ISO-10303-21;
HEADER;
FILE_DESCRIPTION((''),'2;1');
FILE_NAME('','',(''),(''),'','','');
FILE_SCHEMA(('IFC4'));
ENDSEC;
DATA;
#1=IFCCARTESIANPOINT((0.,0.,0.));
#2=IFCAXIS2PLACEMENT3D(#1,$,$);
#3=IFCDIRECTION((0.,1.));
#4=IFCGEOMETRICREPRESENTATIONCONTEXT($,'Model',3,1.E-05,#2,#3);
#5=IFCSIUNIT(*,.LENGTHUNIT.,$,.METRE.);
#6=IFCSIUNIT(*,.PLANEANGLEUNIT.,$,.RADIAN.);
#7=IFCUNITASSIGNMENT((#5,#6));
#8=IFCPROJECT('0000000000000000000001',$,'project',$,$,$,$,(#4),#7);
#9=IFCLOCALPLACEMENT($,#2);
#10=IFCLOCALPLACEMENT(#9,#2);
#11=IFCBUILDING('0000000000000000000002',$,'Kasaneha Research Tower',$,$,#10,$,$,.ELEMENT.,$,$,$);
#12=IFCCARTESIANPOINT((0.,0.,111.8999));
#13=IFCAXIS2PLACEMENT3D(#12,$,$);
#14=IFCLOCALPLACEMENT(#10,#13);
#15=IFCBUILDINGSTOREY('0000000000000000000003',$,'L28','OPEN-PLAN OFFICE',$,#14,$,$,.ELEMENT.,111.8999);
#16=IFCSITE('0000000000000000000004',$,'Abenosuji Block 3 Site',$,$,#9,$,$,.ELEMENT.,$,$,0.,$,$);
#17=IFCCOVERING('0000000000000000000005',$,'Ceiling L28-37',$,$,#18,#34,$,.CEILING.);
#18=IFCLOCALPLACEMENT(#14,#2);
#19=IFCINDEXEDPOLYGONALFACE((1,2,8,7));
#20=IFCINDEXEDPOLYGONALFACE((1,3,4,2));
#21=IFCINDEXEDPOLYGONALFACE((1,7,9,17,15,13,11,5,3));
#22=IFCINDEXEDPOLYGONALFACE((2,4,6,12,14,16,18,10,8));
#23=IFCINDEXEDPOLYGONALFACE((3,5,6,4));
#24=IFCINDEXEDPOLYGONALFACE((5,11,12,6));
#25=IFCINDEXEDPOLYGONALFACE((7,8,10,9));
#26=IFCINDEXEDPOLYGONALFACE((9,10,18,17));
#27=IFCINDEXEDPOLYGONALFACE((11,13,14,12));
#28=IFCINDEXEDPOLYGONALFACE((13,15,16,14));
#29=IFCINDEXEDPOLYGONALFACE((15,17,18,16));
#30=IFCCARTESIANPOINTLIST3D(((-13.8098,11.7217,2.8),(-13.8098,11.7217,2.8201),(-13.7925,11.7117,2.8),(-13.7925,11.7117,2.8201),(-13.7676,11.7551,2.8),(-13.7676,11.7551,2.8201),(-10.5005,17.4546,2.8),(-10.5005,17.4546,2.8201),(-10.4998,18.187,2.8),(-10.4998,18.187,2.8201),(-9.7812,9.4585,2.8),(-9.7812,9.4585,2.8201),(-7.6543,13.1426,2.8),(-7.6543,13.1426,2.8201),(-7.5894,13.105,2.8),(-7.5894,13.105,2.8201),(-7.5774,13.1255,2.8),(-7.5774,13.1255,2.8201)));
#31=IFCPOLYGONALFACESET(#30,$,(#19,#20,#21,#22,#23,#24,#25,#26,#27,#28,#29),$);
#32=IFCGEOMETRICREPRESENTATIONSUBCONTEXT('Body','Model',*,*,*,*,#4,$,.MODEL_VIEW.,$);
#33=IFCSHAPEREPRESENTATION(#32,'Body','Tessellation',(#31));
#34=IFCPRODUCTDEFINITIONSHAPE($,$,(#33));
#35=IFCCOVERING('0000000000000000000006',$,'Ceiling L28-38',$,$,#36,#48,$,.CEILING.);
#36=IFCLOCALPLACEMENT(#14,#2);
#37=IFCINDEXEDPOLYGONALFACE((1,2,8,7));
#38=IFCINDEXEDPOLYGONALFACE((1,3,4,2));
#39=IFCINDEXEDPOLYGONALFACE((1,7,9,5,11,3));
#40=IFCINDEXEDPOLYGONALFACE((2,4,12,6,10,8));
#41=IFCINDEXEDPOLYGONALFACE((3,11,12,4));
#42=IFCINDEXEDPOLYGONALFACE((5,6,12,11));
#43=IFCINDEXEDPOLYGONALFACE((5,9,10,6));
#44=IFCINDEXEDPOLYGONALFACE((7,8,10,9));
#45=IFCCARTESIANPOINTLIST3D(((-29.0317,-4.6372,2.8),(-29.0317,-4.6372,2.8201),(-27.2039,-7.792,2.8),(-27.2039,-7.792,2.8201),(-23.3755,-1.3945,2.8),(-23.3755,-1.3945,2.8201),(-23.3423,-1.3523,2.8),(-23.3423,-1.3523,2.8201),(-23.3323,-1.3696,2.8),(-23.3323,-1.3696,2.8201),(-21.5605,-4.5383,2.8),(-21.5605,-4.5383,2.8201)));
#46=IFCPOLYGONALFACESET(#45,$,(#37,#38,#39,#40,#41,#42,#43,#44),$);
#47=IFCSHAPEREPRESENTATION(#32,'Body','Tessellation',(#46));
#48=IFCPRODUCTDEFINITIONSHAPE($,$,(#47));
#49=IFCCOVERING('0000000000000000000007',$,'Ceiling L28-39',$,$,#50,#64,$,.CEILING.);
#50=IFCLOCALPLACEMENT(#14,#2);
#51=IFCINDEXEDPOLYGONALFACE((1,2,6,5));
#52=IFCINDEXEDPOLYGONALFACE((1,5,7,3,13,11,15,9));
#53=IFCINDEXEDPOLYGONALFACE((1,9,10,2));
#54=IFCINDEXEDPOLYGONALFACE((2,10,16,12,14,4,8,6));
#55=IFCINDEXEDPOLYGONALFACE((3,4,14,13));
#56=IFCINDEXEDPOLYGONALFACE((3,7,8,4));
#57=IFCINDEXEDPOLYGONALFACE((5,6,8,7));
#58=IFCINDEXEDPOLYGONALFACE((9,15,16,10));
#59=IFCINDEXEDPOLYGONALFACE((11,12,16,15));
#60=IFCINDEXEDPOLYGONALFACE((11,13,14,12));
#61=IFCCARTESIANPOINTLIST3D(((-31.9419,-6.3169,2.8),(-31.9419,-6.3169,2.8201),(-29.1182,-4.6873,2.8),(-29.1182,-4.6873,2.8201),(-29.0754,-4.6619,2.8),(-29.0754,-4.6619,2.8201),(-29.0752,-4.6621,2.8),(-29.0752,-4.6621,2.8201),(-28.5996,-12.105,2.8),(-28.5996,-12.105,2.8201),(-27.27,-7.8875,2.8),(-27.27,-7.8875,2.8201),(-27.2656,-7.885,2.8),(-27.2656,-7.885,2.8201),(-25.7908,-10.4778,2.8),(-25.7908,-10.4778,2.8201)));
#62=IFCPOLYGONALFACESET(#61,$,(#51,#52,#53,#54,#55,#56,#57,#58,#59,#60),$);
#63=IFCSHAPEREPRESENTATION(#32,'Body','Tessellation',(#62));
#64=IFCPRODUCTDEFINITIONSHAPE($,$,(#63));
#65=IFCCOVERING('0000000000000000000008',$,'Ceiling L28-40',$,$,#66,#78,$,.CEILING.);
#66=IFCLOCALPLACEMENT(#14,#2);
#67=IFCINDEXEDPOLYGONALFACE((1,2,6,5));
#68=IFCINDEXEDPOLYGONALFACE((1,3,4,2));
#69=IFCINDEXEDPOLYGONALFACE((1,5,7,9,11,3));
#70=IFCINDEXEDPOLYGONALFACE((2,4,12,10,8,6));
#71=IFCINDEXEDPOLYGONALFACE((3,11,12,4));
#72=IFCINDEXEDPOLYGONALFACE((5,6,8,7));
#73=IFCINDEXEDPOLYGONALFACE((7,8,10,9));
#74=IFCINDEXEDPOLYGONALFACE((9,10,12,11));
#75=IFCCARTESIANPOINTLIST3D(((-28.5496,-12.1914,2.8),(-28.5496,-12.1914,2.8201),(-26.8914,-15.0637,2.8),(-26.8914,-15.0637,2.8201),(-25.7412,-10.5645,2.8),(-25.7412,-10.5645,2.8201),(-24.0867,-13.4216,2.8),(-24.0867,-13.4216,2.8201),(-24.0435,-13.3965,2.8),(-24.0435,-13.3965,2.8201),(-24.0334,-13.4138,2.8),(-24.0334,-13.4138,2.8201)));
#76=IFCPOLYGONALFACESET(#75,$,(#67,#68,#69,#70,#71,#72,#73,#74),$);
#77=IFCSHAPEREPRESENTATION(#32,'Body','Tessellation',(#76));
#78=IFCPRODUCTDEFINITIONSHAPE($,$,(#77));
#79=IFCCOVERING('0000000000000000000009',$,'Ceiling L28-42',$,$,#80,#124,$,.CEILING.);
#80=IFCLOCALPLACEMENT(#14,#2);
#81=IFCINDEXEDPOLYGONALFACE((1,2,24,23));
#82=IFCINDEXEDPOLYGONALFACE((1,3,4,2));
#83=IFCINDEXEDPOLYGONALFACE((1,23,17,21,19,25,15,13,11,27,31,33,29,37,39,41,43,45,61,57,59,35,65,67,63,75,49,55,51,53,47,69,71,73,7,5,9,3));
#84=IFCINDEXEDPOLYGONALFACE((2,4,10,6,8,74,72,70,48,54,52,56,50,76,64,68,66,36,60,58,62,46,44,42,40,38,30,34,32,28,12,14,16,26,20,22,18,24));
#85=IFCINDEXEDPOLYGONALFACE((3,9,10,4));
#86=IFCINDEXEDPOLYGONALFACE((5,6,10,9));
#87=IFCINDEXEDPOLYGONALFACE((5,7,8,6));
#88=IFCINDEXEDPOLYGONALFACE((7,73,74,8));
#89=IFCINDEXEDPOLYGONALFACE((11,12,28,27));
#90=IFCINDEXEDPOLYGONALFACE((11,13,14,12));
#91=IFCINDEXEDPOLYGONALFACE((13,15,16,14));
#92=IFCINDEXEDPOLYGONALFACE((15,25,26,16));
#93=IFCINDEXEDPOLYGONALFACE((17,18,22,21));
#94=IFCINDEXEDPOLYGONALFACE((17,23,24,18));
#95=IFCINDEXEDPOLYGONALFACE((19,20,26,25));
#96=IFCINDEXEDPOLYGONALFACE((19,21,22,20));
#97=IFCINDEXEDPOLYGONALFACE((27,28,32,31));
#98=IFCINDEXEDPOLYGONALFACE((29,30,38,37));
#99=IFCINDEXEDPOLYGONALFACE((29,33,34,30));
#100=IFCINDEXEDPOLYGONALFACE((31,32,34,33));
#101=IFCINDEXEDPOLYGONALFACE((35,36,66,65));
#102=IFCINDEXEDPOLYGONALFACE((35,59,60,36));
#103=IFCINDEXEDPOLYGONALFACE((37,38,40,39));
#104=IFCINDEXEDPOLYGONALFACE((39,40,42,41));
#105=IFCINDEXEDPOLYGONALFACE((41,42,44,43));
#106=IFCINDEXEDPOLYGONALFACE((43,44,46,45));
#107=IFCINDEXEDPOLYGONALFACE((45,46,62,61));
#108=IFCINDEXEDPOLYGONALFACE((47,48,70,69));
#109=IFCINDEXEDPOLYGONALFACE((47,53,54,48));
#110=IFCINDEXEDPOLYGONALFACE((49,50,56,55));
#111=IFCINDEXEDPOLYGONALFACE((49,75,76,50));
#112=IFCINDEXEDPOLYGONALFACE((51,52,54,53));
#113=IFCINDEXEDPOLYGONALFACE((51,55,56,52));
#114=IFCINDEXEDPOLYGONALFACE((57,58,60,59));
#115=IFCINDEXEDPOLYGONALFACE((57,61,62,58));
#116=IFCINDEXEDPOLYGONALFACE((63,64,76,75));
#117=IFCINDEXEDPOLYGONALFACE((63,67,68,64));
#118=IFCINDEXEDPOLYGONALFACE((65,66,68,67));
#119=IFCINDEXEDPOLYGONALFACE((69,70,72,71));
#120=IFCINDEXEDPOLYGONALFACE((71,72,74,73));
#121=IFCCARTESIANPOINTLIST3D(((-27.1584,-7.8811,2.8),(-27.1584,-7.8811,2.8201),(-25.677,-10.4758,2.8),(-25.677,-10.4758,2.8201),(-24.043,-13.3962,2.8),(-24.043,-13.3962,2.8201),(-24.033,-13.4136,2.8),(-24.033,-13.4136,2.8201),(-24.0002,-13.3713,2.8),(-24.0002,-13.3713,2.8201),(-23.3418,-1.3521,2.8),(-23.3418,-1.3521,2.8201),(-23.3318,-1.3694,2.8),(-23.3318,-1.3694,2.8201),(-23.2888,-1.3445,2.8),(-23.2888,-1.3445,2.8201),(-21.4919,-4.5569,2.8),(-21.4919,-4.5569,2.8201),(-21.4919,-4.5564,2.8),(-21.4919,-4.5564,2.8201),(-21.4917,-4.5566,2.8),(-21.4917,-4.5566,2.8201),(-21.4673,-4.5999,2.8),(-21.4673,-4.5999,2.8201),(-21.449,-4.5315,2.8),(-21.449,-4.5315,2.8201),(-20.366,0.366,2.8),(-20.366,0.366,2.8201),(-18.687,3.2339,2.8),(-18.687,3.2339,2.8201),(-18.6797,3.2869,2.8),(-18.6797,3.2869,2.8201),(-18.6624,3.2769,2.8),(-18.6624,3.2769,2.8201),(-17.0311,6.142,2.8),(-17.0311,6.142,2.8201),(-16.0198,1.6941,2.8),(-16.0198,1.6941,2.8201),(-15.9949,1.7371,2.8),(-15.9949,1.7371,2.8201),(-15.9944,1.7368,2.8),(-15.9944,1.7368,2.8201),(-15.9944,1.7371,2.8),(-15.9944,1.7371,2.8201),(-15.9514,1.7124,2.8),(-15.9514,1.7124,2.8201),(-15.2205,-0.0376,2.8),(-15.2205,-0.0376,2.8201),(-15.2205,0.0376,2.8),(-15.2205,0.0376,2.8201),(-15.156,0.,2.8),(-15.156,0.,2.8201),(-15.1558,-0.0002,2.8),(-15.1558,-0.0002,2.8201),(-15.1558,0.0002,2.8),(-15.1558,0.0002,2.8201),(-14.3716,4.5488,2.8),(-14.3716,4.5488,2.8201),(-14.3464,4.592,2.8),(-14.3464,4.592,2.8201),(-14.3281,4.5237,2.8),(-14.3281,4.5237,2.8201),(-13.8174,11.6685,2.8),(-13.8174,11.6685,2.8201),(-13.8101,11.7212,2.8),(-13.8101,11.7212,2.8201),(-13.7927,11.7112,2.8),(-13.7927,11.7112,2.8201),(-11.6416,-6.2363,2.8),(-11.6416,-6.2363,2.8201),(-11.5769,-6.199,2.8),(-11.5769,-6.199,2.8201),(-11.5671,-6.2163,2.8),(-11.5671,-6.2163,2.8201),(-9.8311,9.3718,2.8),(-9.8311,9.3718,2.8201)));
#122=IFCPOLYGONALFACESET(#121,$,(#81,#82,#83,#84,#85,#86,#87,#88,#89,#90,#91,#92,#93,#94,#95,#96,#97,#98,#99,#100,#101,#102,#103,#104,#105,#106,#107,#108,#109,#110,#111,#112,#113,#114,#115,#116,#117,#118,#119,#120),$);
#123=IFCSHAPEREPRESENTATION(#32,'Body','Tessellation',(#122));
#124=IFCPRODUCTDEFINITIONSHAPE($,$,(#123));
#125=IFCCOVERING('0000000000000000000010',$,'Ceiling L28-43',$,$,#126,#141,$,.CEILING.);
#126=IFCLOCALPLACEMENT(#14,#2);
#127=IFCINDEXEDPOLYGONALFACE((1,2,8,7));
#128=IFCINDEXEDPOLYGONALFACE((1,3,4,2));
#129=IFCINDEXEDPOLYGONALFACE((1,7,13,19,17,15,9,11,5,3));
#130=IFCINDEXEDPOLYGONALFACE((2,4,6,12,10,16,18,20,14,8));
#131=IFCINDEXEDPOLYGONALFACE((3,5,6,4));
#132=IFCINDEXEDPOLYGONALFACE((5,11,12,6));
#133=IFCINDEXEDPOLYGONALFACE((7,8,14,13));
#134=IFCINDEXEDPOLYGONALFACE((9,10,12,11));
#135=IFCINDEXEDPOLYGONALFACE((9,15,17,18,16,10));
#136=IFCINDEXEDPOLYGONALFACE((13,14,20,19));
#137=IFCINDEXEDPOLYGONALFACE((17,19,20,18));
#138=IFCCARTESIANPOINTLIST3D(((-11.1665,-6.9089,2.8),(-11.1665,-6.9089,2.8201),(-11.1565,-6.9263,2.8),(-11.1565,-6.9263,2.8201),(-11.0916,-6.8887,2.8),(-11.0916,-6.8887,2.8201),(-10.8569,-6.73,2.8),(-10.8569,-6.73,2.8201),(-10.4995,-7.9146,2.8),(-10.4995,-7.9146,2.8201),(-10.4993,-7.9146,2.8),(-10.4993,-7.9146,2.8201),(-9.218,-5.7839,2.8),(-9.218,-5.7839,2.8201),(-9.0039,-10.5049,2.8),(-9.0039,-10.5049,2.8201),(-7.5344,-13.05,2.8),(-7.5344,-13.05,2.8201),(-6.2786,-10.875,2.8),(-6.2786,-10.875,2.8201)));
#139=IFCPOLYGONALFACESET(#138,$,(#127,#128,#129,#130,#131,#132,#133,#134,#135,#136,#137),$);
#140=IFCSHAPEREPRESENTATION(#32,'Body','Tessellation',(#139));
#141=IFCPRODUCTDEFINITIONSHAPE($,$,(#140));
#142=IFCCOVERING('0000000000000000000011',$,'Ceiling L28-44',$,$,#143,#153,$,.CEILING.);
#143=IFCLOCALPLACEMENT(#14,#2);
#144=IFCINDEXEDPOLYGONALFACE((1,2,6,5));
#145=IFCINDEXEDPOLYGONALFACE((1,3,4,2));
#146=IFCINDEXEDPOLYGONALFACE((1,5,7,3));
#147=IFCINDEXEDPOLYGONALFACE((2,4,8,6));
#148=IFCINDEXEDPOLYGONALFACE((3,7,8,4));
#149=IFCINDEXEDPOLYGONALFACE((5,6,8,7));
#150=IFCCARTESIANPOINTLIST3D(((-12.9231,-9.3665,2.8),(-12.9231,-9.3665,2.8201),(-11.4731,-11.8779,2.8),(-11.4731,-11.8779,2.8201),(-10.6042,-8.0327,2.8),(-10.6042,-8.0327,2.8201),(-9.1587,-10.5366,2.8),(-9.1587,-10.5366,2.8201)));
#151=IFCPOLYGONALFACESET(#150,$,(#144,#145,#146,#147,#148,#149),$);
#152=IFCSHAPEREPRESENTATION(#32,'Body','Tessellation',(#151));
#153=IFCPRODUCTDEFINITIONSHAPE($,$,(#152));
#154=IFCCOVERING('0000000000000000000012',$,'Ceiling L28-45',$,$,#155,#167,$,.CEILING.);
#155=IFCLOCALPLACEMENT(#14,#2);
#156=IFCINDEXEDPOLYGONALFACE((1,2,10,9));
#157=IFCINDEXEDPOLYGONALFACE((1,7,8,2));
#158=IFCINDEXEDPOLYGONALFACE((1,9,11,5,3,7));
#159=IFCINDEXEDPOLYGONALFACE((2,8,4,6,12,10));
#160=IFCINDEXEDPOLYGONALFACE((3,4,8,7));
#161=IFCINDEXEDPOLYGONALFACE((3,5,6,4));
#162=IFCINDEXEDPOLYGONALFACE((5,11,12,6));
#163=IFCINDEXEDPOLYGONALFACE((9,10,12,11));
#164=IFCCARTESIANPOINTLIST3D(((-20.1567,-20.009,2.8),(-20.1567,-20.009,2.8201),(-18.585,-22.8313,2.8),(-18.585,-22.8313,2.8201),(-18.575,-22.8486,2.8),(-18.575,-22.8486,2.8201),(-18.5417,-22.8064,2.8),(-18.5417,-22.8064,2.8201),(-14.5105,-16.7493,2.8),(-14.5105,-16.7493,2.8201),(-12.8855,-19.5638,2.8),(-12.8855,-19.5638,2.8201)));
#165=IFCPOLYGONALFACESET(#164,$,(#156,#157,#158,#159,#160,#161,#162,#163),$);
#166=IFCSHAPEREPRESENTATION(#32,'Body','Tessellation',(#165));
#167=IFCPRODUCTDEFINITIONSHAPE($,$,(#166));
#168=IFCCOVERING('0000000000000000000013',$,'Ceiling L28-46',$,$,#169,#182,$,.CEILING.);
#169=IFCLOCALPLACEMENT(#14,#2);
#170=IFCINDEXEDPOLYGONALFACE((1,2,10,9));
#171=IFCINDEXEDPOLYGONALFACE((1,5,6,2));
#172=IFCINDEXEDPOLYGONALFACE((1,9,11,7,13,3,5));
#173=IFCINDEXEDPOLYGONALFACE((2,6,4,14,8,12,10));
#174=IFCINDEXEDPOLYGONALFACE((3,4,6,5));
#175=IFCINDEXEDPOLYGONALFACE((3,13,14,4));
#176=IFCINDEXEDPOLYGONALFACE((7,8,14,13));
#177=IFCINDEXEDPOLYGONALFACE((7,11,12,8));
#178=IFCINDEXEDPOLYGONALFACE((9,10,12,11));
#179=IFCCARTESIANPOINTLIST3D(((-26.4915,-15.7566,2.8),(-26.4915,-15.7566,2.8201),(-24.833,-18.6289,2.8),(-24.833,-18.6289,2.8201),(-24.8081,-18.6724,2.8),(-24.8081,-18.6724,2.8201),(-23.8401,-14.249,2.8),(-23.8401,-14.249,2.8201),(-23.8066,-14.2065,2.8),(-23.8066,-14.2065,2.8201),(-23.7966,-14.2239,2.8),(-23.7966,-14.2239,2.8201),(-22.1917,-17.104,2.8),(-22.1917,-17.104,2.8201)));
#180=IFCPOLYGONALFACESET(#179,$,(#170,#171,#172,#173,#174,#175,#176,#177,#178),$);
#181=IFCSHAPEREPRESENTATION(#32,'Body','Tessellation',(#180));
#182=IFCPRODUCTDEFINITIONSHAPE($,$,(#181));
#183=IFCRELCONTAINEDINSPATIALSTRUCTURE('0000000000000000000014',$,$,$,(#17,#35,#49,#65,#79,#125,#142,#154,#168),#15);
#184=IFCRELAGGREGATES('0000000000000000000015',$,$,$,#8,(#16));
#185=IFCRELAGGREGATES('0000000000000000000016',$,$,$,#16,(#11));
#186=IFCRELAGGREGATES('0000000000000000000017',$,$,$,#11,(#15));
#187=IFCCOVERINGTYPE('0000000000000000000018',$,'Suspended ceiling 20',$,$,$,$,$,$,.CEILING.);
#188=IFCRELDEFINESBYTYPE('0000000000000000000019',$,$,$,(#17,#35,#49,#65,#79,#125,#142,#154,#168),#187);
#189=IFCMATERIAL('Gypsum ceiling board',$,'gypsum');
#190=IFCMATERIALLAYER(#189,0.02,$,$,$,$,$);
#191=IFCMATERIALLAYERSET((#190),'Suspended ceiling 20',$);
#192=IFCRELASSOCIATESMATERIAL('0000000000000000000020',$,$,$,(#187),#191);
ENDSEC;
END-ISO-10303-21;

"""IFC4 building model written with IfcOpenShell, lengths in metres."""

from ifc_helpers import new_model, si_unit, direction, frame, origin, place, context, subcontext, project, spatial, polyline, outline, extrude, material, layer, layer_set, type_object, element, save


model = new_model("IFC4")

# Units and contexts
model_context = context("Model", 3, precision=1e-05, world=origin(), true_north=direction((0.0, 1.0)))
body_context = subcontext(model_context, "Body", "Model", "MODEL_VIEW")
ifc_project = project(units=[si_unit("LENGTHUNIT", "METRE"), si_unit("PLANEANGLEUNIT", "RADIAN")], contexts=[model_context])

# Site, building, storey
site_placement = place(None, origin())
site = spatial("IfcSite", under=ifc_project, at=site_placement, Name="Abenosuji Block 3 Site", CompositionType="ELEMENT", RefElevation=0.0)
building_placement = place(site_placement, origin())
building = spatial("IfcBuilding", under=site, at=building_placement, Name="Kasaneha Research Tower", CompositionType="ELEMENT")
storey_placement = place(building_placement, frame((0.0, 0.0, 111.8999)))
storey = spatial("IfcBuildingStorey", under=building, at=storey_placement, Name="L28", Description="OPEN-PLAN OFFICE", CompositionType="ELEMENT", Elevation=111.8999)

# Coverings
ifc_material_1 = material(Name="Gypsum ceiling board", Category="gypsum")
ifc_layer_1 = layer(ifc_material_1, 0.02)
ifc_layer_set_1 = layer_set([ifc_layer_1], Name="Suspended ceiling 20")
covering_type = type_object("IfcCoveringType", Name="Suspended ceiling 20", PredefinedType="CEILING", material=ifc_layer_set_1)
covering_1_placement = place(storey_placement, frame((0.0, 0.0, 2.8)))
element("IfcCovering", 1, at=covering_1_placement, inside=storey, type_object=covering_type, Name="Ceiling L28-37", PredefinedType="CEILING", context=body_context, shape_type="SweptSolid", body=[
    extrude(outline(polyline([(-10.4998, 18.187), (-7.5774, 13.1255), (-7.5894, 13.105), (-7.6543, 13.1426), (-9.7812, 9.4585), (-13.7676, 11.7551), (-13.7925, 11.7117), (-13.8098, 11.7217), (-10.5005, 17.4546), (-10.4998, 18.187)])), origin(), (0.0, 0.0, 1.0), 0.02),
])
covering_2_placement = place(storey_placement, frame((0.0, 0.0, 2.8)))
element("IfcCovering", 2, at=covering_2_placement, inside=storey, type_object=covering_type, Name="Ceiling L28-38", PredefinedType="CEILING", context=body_context, shape_type="SweptSolid", body=[
    extrude(outline(polyline([(-23.3423, -1.3523), (-23.3323, -1.3696), (-23.3755, -1.3945), (-21.5605, -4.5383), (-27.2039, -7.792), (-29.0317, -4.6372), (-23.3423, -1.3523)])), origin(), (0.0, 0.0, 1.0), 0.02),
])
covering_3_placement = place(storey_placement, frame((0.0, 0.0, 2.8)))
element("IfcCovering", 3, at=covering_3_placement, inside=storey, type_object=covering_type, Name="Ceiling L28-39", PredefinedType="CEILING", context=body_context, shape_type="SweptSolid", body=[
    extrude(outline(polyline([(-29.0754, -4.6619), (-29.0752, -4.6621), (-29.1182, -4.6873), (-27.2656, -7.885), (-27.27, -7.8875), (-25.7908, -10.4778), (-28.5996, -12.105), (-31.9419, -6.3169), (-29.0754, -4.6619)])), origin(), (0.0, 0.0, 1.0), 0.02),
])
covering_4_placement = place(storey_placement, frame((0.0, 0.0, 2.8)))
element("IfcCovering", 4, at=covering_4_placement, inside=storey, type_object=covering_type, Name="Ceiling L28-40", PredefinedType="CEILING", context=body_context, shape_type="SweptSolid", body=[
    extrude(outline(polyline([(-24.0334, -13.4138), (-26.8914, -15.0637), (-28.5718, -12.1531), (-28.5496, -12.1914), (-25.7412, -10.5645), (-24.0867, -13.4216), (-24.0435, -13.3965), (-24.0334, -13.4138)])), origin(), (0.0, 0.0, 1.0), 0.02),
])
covering_5_placement = place(storey_placement, frame((0.0, 0.0, 2.8)))
element("IfcCovering", 5, at=covering_5_placement, inside=storey, type_object=covering_type, Name="Ceiling L28-42", PredefinedType="CEILING", context=body_context, shape_type="SweptSolid", body=[
    extrude(outline(polyline([(-21.4917, -4.5566), (-21.4919, -4.5564), (-21.449, -4.5315), (-23.2888, -1.3445), (-23.3318, -1.3694), (-23.3418, -1.3521), (-20.366, 0.366), (-18.6797, 3.2869), (-18.6624, 3.2769), (-18.687, 3.2339), (-16.0198, 1.6941), (-15.9949, 1.7371), (-15.9944, 1.7368), (-15.9944, 1.7371), (-15.9514, 1.7124), (-14.3281, 4.5237), (-14.3716, 4.5488), (-14.3464, 4.592), (-17.0312, 6.1421), (-17.0559, 6.0991), (-17.0559, 6.0991), (-13.8101, 11.7212), (-13.7927, 11.7112), (-13.8174, 11.6685), (-9.8311, 9.3718), (-15.2205, 0.0376), (-15.1558, 0.0002), (-15.156, 0.0), (-15.1558, -0.0002), (-15.2205, -0.0376), (-11.6416, -6.2363), (-11.5769, -6.199), (-11.5671, -6.2163), (-24.033, -13.4136), (-24.043, -13.3962), (-24.0002, -13.3713), (-25.677, -10.4758), (-25.677, -10.4758), (-27.1584, -7.8811), (-21.4673, -4.5999), (-21.4919, -4.5569), (-21.4917, -4.5566)])), origin(), (0.0, 0.0, 1.0), 0.02),
])
covering_6_placement = place(storey_placement, frame((0.0, 0.0, 2.8)))
element("IfcCovering", 6, at=covering_6_placement, inside=storey, type_object=covering_type, Name="Ceiling L28-43", PredefinedType="CEILING", context=body_context, shape_type="SweptSolid", body=[
    extrude(outline(polyline([(-9.218, -5.7839), (-6.2786, -10.875), (-7.5344, -13.05), (-7.5344, -13.05), (-9.0039, -10.5049), (-9.0039, -10.5049), (-10.4995, -7.9146), (-10.4993, -7.9146), (-11.0916, -6.8887), (-11.1565, -6.9263), (-11.1665, -6.9089), (-10.8569, -6.73), (-9.218, -5.7839)])), origin(), (0.0, 0.0, 1.0), 0.02),
])
covering_7_placement = place(storey_placement, frame((0.0, 0.0, 2.8)))
element("IfcCovering", 7, at=covering_7_placement, inside=storey, type_object=covering_type, Name="Ceiling L28-44", PredefinedType="CEILING", context=body_context, shape_type="SweptSolid", body=[
    extrude(outline(polyline([(-10.6042, -8.0327), (-9.1587, -10.5366), (-11.4731, -11.8779), (-12.9231, -9.3665), (-10.6042, -8.0327)])), origin(), (0.0, 0.0, 1.0), 0.02),
])
covering_8_placement = place(storey_placement, frame((0.0, 0.0, 2.8)))
element("IfcCovering", 8, at=covering_8_placement, inside=storey, type_object=covering_type, Name="Ceiling L28-45", PredefinedType="CEILING", context=body_context, shape_type="SweptSolid", body=[
    extrude(outline(polyline([(-18.575, -22.8486), (-18.585, -22.8313), (-18.5417, -22.8064), (-20.1567, -20.009), (-14.5105, -16.7493), (-12.8855, -19.5637), (-12.8423, -19.5388), (-12.8423, -19.5388), (-18.575, -22.8486)])), origin(), (0.0, 0.0, 1.0), 0.02),
])
covering_9_placement = place(storey_placement, frame((0.0, 0.0, 2.8)))
element("IfcCovering", 9, at=covering_9_placement, inside=storey, type_object=covering_type, Name="Ceiling L28-46", PredefinedType="CEILING", context=body_context, shape_type="SweptSolid", body=[
    extrude(outline(polyline([(-23.8066, -14.2065), (-23.7966, -14.2239), (-23.8401, -14.249), (-22.1917, -17.104), (-24.833, -18.6289), (-24.8081, -18.6724), (-24.8081, -18.6724), (-26.4915, -15.7566), (-23.8066, -14.2065)])), origin(), (0.0, 0.0, 1.0), 0.02),
])

save(model, "model.ifc")
